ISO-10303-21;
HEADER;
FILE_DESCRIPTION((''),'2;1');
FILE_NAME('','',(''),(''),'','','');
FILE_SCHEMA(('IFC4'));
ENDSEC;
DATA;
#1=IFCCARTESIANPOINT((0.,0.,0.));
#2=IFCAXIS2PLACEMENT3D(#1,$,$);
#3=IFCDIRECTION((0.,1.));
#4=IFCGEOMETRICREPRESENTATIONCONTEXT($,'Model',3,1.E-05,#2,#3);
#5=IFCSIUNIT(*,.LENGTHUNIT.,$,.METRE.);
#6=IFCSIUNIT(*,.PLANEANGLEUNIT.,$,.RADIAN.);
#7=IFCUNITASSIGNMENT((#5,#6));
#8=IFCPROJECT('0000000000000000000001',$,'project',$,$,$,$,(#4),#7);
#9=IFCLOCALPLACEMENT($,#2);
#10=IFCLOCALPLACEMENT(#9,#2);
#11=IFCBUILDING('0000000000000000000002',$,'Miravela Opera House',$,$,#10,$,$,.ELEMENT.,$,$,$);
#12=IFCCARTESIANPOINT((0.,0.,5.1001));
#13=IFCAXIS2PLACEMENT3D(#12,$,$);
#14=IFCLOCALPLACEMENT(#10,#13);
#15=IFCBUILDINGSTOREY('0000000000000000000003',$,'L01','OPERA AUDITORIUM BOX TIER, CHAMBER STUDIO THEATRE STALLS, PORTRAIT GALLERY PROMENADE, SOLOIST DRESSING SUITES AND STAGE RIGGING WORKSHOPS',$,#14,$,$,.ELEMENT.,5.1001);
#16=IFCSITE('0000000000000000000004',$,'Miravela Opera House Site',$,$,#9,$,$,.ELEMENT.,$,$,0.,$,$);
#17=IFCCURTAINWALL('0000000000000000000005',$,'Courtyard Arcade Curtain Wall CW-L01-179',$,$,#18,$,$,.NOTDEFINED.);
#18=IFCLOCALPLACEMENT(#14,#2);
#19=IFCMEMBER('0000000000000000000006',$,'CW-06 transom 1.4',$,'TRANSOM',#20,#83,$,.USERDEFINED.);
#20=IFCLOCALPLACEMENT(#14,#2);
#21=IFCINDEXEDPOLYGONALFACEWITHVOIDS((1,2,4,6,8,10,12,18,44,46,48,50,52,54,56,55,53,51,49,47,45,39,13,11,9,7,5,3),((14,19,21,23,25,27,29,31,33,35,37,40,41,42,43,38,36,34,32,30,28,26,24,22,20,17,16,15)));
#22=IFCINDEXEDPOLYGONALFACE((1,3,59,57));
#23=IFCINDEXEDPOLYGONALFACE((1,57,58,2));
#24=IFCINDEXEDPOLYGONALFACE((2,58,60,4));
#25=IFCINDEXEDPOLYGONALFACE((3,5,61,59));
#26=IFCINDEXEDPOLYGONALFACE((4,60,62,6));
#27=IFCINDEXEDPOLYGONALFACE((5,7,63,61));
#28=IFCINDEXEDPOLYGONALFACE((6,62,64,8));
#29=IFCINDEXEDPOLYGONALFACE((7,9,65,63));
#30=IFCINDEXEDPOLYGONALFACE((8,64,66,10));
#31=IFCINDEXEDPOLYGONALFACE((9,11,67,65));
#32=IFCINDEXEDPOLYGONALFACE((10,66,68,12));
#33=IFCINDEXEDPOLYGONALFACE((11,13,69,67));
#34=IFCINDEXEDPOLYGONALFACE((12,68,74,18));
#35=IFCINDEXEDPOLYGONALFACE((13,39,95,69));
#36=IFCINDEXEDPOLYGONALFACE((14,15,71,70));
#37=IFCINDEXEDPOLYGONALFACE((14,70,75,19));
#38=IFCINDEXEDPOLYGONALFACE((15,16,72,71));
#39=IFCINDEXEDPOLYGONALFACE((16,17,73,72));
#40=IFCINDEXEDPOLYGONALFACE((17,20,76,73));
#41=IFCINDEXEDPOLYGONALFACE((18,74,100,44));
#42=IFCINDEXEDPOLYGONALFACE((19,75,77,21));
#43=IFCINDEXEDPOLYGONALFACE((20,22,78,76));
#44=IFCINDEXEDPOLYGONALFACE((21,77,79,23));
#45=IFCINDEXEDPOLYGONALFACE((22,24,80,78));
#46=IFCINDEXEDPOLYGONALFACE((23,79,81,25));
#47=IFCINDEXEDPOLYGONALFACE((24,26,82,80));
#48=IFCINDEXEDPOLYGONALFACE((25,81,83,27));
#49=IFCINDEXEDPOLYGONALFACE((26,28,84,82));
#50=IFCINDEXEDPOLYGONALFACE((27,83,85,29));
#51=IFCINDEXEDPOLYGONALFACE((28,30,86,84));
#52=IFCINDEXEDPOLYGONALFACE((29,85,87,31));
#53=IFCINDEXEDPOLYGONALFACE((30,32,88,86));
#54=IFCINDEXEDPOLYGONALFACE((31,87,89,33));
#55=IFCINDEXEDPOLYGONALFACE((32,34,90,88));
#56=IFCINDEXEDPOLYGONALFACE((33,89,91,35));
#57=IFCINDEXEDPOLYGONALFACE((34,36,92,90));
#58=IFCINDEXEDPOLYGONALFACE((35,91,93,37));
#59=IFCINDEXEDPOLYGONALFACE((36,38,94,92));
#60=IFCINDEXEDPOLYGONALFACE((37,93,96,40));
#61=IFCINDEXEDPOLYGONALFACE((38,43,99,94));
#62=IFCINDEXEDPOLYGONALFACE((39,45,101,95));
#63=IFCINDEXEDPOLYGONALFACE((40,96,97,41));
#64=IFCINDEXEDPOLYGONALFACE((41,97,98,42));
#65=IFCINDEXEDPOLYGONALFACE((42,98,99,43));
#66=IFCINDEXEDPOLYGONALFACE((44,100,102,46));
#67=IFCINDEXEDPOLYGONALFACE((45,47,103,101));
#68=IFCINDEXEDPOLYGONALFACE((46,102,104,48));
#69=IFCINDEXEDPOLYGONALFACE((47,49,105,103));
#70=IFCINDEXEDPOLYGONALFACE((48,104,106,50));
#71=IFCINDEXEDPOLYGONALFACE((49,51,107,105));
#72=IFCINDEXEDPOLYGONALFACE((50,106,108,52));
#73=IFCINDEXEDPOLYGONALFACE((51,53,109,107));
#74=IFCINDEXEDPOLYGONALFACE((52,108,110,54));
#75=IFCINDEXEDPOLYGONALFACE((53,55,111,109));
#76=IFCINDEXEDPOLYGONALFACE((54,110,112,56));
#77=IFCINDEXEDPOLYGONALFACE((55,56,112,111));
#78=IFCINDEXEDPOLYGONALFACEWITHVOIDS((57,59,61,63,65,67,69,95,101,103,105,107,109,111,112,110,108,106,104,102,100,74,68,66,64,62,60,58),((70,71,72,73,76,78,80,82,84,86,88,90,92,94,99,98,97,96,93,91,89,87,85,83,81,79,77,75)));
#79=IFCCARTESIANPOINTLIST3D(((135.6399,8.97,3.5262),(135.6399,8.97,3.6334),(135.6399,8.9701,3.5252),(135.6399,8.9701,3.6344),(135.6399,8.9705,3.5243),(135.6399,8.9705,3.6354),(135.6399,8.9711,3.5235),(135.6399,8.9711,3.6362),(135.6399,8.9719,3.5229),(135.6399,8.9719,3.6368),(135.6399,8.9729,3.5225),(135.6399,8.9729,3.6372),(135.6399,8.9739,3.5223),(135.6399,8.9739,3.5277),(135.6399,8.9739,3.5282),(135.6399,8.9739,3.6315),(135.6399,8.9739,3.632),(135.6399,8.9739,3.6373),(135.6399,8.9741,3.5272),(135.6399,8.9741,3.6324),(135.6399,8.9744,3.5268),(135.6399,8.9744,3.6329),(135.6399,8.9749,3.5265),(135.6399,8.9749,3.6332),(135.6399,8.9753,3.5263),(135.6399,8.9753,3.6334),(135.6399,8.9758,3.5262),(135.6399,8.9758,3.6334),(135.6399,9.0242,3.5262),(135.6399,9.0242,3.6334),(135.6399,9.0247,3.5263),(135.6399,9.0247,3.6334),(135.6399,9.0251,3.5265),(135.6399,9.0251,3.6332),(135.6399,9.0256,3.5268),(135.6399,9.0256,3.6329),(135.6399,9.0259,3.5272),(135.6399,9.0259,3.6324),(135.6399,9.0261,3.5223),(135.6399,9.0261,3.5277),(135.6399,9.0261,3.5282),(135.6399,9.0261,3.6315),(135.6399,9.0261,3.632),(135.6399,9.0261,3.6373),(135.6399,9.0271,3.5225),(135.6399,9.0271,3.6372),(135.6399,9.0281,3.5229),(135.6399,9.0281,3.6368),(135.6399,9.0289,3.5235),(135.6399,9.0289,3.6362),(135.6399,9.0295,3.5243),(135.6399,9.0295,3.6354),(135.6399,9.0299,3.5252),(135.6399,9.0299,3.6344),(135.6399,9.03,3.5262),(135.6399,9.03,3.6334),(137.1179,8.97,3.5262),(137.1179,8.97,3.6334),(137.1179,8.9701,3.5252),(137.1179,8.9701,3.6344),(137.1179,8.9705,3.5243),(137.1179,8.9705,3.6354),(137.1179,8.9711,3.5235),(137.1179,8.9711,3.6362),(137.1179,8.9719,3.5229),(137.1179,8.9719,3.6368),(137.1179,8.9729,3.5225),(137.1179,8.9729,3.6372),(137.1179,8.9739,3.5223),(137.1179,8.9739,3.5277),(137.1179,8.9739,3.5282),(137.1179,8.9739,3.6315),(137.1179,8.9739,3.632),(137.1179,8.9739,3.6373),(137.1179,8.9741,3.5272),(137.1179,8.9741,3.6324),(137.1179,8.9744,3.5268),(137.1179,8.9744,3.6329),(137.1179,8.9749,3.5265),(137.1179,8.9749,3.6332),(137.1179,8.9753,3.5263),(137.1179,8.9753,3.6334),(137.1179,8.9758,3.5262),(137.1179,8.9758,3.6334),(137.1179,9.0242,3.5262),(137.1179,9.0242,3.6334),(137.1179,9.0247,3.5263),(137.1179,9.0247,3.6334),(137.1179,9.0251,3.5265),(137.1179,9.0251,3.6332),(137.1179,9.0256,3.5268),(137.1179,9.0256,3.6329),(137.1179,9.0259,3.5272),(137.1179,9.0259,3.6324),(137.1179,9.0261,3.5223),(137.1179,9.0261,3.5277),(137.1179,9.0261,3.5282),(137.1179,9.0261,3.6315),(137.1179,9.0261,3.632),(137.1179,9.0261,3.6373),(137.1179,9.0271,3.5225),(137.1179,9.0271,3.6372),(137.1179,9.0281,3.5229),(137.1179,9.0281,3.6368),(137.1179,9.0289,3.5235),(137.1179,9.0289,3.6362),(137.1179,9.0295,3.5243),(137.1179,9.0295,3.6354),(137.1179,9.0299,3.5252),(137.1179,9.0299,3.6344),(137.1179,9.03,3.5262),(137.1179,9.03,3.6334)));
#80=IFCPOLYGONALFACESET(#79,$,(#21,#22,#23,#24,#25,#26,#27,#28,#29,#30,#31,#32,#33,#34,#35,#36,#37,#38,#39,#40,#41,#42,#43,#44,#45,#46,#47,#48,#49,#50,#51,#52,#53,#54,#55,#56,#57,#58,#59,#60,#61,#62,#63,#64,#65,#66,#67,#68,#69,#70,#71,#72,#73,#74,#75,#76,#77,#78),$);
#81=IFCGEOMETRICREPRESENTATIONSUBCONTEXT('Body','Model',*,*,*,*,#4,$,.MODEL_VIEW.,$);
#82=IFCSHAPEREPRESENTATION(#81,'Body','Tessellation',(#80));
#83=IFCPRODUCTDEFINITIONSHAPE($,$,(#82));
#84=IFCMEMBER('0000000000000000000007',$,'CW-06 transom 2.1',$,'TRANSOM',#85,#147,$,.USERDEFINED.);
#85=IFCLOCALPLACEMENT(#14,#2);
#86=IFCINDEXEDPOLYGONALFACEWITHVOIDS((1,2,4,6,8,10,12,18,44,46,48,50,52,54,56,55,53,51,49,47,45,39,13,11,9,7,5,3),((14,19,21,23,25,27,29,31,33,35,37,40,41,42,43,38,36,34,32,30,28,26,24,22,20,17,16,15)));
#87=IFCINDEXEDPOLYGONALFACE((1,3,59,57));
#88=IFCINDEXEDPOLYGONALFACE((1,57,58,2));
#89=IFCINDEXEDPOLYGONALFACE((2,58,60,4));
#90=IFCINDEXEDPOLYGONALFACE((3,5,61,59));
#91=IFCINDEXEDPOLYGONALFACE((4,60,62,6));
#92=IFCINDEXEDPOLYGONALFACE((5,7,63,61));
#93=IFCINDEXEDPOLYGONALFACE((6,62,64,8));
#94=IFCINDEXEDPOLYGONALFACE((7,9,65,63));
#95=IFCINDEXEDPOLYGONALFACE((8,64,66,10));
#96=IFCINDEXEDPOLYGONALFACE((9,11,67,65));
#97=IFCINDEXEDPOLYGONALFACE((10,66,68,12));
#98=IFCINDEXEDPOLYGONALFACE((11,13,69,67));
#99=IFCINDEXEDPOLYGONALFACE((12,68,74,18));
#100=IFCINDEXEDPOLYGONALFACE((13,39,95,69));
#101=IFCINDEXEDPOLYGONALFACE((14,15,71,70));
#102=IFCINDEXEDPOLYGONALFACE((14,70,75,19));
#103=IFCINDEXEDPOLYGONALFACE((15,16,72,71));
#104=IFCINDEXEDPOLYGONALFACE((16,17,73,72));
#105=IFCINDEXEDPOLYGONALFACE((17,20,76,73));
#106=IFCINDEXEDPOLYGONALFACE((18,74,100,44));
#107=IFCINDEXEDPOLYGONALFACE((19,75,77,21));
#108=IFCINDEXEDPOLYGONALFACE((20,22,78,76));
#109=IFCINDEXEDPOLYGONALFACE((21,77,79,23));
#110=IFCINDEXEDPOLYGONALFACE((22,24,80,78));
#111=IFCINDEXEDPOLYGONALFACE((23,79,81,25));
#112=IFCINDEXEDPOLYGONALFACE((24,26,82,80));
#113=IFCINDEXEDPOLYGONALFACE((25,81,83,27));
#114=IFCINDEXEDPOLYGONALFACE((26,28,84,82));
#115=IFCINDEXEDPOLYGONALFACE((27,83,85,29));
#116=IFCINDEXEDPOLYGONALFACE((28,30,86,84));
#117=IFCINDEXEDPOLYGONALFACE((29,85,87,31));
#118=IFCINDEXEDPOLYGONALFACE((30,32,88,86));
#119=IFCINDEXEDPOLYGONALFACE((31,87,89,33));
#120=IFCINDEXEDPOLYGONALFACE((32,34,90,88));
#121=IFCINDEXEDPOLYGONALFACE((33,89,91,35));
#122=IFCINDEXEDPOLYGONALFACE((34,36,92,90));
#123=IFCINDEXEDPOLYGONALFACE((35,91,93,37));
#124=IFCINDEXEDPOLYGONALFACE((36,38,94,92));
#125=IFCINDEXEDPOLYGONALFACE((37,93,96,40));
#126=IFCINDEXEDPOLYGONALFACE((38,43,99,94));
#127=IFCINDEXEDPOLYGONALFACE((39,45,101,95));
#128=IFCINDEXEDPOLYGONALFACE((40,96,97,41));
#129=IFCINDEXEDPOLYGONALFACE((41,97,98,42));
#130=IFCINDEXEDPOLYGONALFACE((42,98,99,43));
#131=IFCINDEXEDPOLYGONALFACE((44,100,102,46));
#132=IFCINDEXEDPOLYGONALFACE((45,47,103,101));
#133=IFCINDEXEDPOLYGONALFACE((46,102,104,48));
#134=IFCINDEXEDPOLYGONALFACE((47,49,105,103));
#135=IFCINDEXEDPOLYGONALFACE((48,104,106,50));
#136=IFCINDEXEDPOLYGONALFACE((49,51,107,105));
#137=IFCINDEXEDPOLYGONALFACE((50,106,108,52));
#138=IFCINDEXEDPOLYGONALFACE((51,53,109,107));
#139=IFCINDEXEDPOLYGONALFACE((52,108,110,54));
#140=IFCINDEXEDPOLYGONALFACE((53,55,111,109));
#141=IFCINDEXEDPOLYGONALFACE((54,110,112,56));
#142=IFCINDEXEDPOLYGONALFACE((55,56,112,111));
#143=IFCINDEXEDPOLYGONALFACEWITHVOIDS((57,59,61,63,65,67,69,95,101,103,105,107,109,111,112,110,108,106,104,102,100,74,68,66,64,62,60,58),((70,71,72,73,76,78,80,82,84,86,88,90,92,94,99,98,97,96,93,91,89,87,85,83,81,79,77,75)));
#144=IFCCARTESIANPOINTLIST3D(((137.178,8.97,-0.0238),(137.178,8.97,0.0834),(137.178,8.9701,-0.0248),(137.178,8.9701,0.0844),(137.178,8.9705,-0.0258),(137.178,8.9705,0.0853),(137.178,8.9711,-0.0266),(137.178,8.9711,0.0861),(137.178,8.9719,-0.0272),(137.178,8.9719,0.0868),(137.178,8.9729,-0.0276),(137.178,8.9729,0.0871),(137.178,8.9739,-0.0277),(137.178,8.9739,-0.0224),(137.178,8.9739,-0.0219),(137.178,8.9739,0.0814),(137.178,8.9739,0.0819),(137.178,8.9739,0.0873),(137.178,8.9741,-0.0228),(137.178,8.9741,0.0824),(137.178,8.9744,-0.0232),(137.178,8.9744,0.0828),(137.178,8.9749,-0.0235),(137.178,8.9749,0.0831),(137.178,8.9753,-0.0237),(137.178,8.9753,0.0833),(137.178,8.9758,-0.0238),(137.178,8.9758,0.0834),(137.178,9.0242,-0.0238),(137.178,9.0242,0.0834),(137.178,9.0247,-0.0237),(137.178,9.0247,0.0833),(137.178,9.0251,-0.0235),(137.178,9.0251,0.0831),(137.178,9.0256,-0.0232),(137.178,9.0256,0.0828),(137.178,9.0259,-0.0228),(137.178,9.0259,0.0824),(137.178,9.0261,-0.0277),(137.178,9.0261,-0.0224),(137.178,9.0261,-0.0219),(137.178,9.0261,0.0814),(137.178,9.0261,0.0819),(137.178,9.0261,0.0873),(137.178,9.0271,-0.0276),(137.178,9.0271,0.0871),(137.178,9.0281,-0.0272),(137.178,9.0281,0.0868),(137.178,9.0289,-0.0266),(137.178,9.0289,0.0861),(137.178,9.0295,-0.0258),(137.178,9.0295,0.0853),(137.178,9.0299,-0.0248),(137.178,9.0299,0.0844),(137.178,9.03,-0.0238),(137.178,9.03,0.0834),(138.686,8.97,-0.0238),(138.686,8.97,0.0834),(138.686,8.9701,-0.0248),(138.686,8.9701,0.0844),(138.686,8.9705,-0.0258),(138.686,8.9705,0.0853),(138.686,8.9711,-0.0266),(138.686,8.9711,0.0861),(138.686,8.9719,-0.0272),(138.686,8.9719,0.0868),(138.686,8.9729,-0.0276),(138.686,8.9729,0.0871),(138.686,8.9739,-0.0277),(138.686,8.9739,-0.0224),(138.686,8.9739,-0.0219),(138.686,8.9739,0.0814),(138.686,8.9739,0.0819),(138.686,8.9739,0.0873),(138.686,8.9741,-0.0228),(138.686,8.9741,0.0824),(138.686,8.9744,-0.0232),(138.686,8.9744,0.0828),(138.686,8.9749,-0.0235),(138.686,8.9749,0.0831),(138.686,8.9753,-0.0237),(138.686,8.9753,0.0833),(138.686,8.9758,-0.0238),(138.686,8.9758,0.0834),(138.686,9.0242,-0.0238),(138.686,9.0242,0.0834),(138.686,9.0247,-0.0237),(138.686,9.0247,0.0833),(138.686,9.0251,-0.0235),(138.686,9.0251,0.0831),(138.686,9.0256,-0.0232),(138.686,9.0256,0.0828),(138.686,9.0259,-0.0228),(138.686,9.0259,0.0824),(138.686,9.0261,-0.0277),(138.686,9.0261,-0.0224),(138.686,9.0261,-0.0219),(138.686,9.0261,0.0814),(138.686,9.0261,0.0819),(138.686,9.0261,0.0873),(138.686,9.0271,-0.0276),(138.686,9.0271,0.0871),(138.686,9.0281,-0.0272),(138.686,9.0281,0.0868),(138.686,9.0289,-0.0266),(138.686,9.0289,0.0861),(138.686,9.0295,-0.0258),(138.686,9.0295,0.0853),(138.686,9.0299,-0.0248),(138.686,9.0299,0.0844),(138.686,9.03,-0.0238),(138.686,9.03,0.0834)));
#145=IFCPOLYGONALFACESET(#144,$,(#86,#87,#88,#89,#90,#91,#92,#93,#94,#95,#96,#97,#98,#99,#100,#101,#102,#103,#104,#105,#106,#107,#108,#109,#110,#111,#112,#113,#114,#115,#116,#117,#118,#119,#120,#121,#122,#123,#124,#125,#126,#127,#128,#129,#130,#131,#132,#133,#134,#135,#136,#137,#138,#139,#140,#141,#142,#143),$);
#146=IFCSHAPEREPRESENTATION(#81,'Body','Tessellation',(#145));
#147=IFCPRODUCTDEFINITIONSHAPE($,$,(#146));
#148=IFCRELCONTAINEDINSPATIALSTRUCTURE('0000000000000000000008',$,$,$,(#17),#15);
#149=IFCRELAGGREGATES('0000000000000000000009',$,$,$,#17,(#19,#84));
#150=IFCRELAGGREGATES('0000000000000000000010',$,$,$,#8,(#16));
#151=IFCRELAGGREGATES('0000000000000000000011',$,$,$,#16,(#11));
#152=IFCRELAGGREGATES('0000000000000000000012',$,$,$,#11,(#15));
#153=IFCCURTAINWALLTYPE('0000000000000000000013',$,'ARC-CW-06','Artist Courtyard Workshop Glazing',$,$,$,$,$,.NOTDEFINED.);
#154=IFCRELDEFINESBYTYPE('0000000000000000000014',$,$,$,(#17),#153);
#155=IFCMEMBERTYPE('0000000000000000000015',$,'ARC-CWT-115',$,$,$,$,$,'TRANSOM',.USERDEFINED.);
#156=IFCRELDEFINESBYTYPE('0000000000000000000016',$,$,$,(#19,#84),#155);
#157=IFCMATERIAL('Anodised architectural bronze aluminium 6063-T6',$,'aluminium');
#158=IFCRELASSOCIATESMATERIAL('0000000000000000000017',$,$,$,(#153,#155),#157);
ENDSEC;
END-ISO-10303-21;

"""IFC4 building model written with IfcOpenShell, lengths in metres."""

from ifc_helpers import new_model, si_unit, direction, frame, origin, origin_2d, place, context, subcontext, project, spatial, hollow_rectangle, extrude, material, material_profile, profile_set, type_object, element, aggregate, save


model = new_model("IFC4")

# Units and contexts
model_context = context("Model", 3, precision=1e-05, world=origin(), true_north=direction((0.0, 1.0)))
body_context = subcontext(model_context, "Body", "Model", "MODEL_VIEW")
ifc_project = project(units=[si_unit("LENGTHUNIT", "METRE"), si_unit("PLANEANGLEUNIT", "RADIAN")], contexts=[model_context])

# Site, building, storey
site_placement = place(None, origin())
site = spatial("IfcSite", under=ifc_project, at=site_placement, Name="Miravela Opera House Site", CompositionType="ELEMENT", RefElevation=0.0)
building_placement = place(site_placement, origin())
building = spatial("IfcBuilding", under=site, at=building_placement, Name="Miravela Opera House", CompositionType="ELEMENT")
storey_placement = place(building_placement, frame((0.0, 0.0, 5.1001)))
storey = spatial("IfcBuildingStorey", under=building, at=storey_placement, Name="L01", Description="OPERA AUDITORIUM BOX TIER, CHAMBER STUDIO THEATRE STALLS, PORTRAIT GALLERY PROMENADE, SOLOIST DRESSING SUITES AND STAGE RIGGING WORKSHOPS", CompositionType="ELEMENT", Elevation=5.1001)

# Curtain wall, members
ifc_material_1 = material(Name="Anodised architectural bronze aluminium 6063-T6", Category="aluminium")
curtain_wall_type = type_object("IfcCurtainWallType", Name="ARC-CW-06", Description="Artist Courtyard Workshop Glazing", PredefinedType="NOTDEFINED", material=ifc_material_1)
curtain_wall_placement = place(storey_placement, origin())
curtain_wall = element("IfcCurtainWall", 1, at=curtain_wall_placement, inside=storey, type_object=curtain_wall_type, Name="Courtyard Arcade Curtain Wall CW-L01-179", PredefinedType="NOTDEFINED")
ifc_material_profile_1 = material_profile(ifc_material_1, hollow_rectangle(XDim=0.0601, YDim=0.115, WallThickness=0.0039, InnerFilletRadius=0.002, OuterFilletRadius=0.0039, at=origin_2d()), Name="CWT-60X115")
ifc_profile_set_1 = profile_set([ifc_material_profile_1])
member_type_1 = type_object("IfcMemberType", Name="ARC-CWT-115", ElementType="TRANSOM", PredefinedType="USERDEFINED", material=ifc_profile_set_1)
member_1_placement = place(storey_placement, frame((135.6399, 9.0, 3.5798), z_axis=(1.0, 0.0, 0.0), x_axis=(0.0, 1.0, 0.0)))
member_1 = element("IfcMember", 2, at=member_1_placement, type_object=member_type_1, Name="CW-06 transom 1.4", ObjectType="TRANSOM", PredefinedType="USERDEFINED", context=body_context, shape_type="SweptSolid", body=[
    extrude(hollow_rectangle(XDim=0.0601, YDim=0.115, WallThickness=0.0039, InnerFilletRadius=0.002, OuterFilletRadius=0.0039, at=origin_2d()), origin(), (0.0, 0.0, 1.0), 1.478),
])
member_2_placement = place(storey_placement, frame((137.178, 9.0, 0.0298), z_axis=(1.0, 0.0, 0.0), x_axis=(0.0, 1.0, 0.0)))
member_2 = element("IfcMember", 3, at=member_2_placement, type_object=member_type_1, Name="CW-06 transom 2.1", ObjectType="TRANSOM", PredefinedType="USERDEFINED", context=body_context, shape_type="SweptSolid", body=[
    extrude(hollow_rectangle(XDim=0.0601, YDim=0.115, WallThickness=0.0039, InnerFilletRadius=0.002, OuterFilletRadius=0.0039, at=origin_2d()), origin(), (0.0, 0.0, 1.0), 1.5081),
])
aggregate(curtain_wall, [member_1, member_2])

save(model, "model.ifc")
